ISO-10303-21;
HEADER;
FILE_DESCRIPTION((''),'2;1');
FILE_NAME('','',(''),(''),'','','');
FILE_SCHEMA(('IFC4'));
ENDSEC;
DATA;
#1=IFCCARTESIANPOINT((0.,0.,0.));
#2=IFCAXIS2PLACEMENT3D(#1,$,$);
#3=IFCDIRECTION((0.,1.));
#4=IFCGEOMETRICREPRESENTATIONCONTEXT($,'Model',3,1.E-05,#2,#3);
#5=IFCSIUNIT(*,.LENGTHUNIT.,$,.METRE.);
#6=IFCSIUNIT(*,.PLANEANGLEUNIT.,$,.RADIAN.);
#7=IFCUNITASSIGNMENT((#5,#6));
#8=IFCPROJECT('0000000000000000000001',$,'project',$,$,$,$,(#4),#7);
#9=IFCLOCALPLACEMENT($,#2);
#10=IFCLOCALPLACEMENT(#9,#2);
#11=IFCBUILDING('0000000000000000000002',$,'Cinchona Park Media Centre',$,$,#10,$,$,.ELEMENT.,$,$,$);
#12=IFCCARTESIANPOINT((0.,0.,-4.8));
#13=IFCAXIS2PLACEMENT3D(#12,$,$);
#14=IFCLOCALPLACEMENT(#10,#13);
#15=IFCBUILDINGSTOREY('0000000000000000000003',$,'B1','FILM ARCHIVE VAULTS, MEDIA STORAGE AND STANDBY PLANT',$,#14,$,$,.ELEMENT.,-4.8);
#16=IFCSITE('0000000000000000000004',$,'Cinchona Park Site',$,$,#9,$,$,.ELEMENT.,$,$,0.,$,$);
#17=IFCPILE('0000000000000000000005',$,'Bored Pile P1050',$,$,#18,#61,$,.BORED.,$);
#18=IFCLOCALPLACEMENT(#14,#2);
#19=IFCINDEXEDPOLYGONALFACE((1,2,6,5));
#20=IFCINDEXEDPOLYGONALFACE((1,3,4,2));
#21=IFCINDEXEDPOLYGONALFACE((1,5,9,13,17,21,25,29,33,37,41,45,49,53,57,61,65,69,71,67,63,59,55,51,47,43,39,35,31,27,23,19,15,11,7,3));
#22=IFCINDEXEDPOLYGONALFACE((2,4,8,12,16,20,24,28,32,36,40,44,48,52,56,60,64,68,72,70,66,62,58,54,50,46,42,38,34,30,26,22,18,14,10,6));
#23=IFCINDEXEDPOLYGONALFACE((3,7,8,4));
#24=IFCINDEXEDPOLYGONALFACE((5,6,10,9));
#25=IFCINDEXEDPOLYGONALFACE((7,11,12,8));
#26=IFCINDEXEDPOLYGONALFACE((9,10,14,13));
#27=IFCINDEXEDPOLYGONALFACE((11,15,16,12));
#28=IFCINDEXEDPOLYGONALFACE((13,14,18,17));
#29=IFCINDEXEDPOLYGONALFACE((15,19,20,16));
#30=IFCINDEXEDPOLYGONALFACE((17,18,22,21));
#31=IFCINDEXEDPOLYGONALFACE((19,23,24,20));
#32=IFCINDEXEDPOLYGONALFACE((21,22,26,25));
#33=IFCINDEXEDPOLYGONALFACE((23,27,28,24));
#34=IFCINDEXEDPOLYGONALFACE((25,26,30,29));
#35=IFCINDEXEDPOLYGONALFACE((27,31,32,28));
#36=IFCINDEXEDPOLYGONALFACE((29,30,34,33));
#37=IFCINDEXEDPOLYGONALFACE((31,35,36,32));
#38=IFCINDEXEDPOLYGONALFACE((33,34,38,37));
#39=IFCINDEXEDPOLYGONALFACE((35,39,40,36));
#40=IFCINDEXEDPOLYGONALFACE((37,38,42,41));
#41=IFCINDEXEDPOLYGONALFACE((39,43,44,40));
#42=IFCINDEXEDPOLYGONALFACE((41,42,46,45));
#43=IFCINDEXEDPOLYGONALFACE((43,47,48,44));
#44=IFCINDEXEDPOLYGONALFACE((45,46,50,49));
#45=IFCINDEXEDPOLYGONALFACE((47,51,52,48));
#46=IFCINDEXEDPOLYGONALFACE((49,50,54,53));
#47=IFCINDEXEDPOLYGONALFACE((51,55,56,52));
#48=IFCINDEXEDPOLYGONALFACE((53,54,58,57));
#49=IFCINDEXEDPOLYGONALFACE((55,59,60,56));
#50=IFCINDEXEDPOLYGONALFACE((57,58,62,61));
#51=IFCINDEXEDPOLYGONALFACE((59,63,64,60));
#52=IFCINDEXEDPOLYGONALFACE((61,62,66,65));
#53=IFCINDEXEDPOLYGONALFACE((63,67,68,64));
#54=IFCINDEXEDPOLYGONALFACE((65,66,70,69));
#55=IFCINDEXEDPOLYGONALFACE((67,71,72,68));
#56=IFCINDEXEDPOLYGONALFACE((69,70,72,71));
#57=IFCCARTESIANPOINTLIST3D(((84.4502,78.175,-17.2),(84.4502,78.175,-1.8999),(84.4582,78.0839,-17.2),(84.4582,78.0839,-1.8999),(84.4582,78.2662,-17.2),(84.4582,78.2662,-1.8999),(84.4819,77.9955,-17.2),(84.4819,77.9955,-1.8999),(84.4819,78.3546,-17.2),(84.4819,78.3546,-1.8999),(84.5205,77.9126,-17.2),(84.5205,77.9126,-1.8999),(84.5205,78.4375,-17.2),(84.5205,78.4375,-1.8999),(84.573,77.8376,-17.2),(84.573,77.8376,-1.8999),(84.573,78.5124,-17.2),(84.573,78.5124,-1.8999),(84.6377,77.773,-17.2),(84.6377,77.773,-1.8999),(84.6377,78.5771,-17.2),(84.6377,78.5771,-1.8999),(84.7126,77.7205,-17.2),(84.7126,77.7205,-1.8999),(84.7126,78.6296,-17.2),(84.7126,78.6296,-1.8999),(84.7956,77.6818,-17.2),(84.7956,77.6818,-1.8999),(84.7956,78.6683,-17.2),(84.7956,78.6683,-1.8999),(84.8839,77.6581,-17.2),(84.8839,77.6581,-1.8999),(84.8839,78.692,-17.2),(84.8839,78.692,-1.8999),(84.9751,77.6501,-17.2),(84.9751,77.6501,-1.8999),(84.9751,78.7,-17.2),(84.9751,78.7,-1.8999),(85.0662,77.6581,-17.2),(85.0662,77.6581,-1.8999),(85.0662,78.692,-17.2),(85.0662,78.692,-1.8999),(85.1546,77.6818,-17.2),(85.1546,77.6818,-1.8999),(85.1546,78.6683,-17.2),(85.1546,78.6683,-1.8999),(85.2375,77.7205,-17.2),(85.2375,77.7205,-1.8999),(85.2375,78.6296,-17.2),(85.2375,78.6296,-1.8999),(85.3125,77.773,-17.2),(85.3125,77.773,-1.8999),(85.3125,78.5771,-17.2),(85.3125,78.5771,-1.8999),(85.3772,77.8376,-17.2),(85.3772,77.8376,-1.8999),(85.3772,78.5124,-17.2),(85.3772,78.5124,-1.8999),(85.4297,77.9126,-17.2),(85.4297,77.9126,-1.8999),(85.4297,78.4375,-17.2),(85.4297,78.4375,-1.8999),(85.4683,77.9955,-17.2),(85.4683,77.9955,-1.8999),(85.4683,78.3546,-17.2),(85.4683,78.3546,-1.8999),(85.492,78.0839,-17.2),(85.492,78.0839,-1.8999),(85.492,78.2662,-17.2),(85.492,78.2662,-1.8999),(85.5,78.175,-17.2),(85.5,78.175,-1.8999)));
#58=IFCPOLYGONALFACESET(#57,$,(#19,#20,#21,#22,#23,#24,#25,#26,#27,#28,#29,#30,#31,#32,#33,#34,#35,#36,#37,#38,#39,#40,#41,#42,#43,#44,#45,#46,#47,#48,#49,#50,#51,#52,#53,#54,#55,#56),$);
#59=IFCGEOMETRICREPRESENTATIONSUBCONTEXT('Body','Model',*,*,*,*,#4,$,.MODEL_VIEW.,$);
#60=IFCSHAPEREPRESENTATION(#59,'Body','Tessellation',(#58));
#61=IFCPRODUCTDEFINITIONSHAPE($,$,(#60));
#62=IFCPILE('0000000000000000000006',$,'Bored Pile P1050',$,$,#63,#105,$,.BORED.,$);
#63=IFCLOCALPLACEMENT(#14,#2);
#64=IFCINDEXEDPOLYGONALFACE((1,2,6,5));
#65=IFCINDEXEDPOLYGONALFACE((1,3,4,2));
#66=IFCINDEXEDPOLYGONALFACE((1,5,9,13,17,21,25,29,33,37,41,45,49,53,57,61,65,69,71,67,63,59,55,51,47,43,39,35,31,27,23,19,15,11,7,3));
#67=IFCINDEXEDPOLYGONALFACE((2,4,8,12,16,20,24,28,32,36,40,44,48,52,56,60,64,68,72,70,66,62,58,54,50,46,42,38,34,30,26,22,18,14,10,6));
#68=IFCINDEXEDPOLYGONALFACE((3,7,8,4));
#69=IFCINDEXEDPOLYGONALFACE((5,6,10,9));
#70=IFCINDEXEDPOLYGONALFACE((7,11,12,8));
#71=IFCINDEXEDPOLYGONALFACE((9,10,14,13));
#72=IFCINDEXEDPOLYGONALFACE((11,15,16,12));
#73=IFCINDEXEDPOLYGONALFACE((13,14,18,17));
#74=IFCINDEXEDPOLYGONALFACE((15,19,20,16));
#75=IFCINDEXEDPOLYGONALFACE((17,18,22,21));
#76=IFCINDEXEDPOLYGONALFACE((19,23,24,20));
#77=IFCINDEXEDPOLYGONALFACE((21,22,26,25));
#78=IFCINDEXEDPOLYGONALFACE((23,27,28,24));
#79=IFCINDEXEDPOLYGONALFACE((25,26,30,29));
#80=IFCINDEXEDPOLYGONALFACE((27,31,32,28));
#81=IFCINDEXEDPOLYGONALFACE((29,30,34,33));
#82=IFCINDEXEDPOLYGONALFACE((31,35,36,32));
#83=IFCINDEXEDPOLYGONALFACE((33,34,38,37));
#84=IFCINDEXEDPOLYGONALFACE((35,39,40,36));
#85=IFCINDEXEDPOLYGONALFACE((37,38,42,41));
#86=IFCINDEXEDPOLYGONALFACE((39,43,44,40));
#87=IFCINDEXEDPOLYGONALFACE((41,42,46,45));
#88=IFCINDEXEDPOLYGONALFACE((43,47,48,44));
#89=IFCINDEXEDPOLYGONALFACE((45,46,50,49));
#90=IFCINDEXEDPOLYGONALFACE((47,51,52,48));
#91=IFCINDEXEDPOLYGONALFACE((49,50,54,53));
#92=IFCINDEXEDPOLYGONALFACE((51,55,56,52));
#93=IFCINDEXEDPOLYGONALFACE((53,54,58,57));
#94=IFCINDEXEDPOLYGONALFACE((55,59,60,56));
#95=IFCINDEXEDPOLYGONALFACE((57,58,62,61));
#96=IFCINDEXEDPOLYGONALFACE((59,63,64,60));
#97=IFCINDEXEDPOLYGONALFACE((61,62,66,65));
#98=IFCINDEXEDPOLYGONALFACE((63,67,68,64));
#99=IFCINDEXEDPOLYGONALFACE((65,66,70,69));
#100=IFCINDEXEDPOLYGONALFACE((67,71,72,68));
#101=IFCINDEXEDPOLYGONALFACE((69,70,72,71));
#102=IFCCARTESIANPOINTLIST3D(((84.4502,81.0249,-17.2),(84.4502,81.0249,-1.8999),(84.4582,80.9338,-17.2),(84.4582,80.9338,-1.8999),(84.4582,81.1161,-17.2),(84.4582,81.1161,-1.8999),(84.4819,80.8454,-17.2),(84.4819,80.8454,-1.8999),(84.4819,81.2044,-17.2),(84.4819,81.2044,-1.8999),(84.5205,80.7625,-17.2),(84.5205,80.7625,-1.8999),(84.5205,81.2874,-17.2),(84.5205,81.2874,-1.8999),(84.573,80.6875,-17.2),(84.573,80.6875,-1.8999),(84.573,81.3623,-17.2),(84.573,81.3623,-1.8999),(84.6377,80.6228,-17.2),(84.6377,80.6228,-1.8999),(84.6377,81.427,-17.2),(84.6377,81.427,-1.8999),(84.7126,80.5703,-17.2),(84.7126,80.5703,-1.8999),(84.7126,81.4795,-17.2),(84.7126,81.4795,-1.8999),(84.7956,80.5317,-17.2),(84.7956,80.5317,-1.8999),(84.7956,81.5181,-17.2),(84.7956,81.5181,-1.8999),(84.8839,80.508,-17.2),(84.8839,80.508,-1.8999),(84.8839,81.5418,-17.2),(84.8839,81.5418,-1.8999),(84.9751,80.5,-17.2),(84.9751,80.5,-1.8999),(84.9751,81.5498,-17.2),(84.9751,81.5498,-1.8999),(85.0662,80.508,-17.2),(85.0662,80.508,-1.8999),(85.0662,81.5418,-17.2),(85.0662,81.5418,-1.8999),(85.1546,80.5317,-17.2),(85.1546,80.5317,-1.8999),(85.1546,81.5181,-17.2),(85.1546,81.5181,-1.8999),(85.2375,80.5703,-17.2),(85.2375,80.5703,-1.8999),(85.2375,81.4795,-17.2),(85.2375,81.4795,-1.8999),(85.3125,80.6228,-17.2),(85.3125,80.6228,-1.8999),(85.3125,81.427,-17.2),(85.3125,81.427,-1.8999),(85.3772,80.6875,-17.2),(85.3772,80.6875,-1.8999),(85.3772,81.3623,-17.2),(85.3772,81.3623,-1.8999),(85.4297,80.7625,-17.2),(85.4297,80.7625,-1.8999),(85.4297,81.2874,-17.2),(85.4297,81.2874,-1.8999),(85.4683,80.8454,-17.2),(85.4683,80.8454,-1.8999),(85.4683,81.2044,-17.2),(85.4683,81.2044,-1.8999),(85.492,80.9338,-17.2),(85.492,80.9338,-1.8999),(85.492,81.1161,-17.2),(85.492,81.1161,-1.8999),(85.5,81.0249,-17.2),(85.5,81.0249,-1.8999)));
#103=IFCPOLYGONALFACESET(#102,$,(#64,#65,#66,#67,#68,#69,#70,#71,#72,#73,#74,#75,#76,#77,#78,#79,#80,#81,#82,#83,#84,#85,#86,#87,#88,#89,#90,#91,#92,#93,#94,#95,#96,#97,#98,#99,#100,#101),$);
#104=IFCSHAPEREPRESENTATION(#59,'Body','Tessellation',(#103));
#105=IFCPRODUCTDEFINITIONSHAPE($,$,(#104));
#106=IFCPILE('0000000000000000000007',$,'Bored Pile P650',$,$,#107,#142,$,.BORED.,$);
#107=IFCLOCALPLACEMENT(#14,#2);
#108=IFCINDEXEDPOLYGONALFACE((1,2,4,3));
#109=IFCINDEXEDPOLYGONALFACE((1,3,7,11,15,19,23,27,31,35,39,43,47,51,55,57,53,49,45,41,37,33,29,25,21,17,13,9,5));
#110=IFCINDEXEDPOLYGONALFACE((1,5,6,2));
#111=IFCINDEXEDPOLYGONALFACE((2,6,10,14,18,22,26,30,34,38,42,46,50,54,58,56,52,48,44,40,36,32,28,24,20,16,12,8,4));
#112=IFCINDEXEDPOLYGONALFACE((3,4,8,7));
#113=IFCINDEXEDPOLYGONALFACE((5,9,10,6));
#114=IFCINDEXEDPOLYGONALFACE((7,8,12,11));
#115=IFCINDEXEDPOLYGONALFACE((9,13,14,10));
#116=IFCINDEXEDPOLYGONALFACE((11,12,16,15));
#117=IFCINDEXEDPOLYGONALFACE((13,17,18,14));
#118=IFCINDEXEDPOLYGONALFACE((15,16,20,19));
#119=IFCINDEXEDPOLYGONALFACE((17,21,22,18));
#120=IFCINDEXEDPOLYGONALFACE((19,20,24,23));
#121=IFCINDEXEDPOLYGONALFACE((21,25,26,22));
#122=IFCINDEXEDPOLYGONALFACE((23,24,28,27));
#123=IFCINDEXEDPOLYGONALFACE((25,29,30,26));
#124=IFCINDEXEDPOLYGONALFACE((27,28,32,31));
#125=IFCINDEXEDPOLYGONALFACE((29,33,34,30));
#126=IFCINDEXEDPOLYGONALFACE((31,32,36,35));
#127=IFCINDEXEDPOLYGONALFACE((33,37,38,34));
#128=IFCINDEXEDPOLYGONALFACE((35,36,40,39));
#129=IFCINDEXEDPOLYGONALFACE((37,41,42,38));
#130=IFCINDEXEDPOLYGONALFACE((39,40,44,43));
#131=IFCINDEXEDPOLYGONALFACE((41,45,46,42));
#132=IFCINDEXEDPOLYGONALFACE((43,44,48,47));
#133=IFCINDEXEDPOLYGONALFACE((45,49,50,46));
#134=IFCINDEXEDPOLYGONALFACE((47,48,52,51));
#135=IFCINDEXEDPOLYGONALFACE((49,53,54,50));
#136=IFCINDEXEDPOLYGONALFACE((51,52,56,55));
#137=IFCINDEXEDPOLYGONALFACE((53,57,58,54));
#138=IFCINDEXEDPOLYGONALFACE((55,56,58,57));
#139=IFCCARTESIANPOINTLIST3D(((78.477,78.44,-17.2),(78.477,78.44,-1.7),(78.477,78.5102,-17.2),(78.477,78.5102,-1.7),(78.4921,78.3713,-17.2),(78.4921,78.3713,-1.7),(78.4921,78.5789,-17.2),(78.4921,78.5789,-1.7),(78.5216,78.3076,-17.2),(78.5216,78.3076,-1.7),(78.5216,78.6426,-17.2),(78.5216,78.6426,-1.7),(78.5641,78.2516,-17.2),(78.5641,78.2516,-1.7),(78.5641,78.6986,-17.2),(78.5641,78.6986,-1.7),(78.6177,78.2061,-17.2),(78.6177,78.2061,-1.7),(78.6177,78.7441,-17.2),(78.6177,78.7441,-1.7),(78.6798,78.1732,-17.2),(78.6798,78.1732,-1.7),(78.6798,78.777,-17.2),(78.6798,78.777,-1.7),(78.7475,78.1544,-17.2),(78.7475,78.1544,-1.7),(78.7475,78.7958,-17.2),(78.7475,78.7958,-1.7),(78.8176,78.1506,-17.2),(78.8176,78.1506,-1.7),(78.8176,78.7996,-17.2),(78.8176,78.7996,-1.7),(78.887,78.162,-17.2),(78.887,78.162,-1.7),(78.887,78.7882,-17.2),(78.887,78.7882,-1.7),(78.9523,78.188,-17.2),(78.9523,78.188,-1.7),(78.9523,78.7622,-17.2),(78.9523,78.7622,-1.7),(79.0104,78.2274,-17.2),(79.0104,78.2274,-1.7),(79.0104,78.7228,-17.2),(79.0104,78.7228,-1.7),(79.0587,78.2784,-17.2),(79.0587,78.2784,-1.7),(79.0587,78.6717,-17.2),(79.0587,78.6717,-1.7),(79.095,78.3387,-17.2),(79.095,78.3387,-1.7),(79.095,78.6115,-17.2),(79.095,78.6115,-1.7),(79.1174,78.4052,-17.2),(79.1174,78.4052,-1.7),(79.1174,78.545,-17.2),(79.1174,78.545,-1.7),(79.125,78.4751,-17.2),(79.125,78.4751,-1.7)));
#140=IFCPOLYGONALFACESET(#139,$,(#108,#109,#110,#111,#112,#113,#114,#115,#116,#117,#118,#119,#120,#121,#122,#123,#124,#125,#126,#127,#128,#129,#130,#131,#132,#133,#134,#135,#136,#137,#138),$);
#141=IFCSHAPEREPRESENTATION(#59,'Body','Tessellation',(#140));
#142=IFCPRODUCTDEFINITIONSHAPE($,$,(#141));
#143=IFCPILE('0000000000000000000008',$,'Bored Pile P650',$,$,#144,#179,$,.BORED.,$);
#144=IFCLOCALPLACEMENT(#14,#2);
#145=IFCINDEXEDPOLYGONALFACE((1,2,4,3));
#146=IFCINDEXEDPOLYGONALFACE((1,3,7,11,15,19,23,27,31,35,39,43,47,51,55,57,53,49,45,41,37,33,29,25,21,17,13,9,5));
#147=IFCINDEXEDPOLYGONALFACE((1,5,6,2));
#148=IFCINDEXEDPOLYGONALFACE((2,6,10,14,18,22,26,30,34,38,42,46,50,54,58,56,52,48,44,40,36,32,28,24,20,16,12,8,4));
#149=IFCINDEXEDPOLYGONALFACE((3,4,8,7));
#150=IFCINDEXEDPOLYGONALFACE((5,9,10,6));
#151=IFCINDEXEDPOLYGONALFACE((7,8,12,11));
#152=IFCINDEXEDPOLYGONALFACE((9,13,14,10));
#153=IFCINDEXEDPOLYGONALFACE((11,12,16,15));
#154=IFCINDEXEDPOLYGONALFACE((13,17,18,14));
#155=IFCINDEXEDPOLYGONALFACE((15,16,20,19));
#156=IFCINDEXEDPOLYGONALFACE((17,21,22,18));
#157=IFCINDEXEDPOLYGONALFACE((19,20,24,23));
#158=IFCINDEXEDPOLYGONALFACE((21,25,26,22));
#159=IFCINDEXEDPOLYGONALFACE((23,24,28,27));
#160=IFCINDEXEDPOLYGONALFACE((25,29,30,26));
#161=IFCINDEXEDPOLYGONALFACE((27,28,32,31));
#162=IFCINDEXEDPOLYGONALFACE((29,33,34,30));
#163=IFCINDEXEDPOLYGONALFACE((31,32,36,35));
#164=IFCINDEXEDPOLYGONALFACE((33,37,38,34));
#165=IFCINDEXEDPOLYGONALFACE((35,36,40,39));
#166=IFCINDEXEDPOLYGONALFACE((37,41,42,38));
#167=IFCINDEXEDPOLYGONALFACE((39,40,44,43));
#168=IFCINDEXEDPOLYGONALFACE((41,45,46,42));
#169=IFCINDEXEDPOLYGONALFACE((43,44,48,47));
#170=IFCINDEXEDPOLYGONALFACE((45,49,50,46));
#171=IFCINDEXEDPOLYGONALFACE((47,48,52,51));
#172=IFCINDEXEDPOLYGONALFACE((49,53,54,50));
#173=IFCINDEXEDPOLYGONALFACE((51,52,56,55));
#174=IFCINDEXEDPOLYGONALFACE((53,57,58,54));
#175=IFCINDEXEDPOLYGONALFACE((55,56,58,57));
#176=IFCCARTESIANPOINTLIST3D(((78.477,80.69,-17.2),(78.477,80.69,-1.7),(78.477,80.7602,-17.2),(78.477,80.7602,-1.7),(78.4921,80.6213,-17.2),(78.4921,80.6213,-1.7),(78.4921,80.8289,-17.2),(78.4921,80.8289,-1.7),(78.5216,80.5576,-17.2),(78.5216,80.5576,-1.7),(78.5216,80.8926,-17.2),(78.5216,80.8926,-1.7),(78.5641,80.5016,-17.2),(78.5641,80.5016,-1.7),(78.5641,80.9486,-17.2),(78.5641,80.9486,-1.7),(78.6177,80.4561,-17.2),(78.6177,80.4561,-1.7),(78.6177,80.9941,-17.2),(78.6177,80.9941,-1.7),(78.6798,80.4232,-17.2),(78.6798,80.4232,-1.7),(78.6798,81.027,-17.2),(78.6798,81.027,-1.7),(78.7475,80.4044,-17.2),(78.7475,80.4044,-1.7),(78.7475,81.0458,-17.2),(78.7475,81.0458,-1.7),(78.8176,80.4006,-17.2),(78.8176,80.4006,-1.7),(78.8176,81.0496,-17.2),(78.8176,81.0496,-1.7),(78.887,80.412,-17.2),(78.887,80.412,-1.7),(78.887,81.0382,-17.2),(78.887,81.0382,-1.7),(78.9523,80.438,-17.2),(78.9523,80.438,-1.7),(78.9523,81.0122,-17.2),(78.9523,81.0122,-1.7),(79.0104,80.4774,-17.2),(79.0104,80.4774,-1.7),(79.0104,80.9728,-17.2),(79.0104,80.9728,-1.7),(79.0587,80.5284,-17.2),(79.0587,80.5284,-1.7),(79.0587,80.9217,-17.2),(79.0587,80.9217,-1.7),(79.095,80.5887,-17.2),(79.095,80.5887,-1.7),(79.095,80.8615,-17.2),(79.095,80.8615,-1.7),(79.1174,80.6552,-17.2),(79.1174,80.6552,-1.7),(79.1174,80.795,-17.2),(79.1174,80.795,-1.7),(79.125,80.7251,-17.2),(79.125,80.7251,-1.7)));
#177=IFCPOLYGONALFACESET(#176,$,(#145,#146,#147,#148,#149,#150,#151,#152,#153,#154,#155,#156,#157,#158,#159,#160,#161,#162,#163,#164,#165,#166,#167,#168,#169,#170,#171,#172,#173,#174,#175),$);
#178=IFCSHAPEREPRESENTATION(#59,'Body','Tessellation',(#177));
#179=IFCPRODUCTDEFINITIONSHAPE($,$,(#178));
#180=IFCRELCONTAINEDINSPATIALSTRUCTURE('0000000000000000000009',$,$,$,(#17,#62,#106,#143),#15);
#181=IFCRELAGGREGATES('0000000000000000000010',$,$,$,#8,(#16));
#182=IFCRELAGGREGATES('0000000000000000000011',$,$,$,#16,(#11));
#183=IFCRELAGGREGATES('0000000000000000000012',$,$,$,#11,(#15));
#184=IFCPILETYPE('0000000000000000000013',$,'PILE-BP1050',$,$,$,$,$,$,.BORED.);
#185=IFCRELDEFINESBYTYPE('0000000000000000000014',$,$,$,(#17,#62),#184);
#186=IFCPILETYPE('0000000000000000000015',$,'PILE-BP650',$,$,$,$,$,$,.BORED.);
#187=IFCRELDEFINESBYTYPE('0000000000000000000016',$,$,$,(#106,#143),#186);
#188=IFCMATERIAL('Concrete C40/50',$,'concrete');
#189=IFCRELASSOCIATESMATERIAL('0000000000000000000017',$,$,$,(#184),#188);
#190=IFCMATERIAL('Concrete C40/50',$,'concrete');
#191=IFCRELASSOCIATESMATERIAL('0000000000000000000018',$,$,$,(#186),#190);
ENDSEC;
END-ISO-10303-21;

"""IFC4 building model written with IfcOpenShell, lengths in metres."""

from ifc_helpers import new_model, si_unit, direction, frame, origin, origin_2d, place, context, subcontext, project, spatial, circle, extrude, material, material_profile, profile_set, type_object, element, save


model = new_model("IFC4")

# Units and contexts
model_context = context("Model", 3, precision=1e-05, world=origin(), true_north=direction((0.0, 1.0)))
body_context = subcontext(model_context, "Body", "Model", "MODEL_VIEW")
ifc_project = project(units=[si_unit("LENGTHUNIT", "METRE"), si_unit("PLANEANGLEUNIT", "RADIAN")], contexts=[model_context])

# Site, building, storey
site_placement = place(None, origin())
site = spatial("IfcSite", under=ifc_project, at=site_placement, Name="Cinchona Park Site", CompositionType="ELEMENT", RefElevation=0.0)
building_placement = place(site_placement, origin())
building = spatial("IfcBuilding", under=site, at=building_placement, Name="Cinchona Park Media Centre", CompositionType="ELEMENT")
storey_placement = place(building_placement, frame((0.0, 0.0, -4.8)))
storey = spatial("IfcBuildingStorey", under=building, at=storey_placement, Name="B1", Description="FILM ARCHIVE VAULTS, MEDIA STORAGE AND STANDBY PLANT", CompositionType="ELEMENT", Elevation=-4.8)

# Piles
ifc_material_1 = material(Name="Concrete C40/50", Category="concrete")
ifc_material_profile_1 = material_profile(ifc_material_1, circle(Radius=0.5249, at=origin_2d()), Name="BORED PILE 1050")
ifc_profile_set_1 = profile_set([ifc_material_profile_1], Name="Concrete C40/50")
pile_type_1 = type_object("IfcPileType", Name="PILE-BP1050", PredefinedType="BORED", material=ifc_profile_set_1)
for number, where, z_axis, x_axis, name in (
    (1, (84.9751, 78.175, -1.8999), (0.0, 0.0, -1.0), (1.0, 0.0, 0.0), "Bored Pile P1050"),
    (2, (84.9751, 81.0249, -1.8999), (0.0, 0.0, -1.0), (1.0, 0.0, 0.0), "Bored Pile P1050"),
):
    element("IfcPile", number, at=place(storey_placement, frame(where, z_axis=z_axis, x_axis=x_axis)), inside=storey, type_object=pile_type_1, Name=name, PredefinedType="BORED", context=body_context, shape_type="SweptSolid", body=[
        extrude(circle(Radius=0.5249, at=origin_2d()), origin(), (0.0, 0.0, 1.0), 15.3),
    ])
ifc_material_2 = material(Name="Concrete C40/50", Category="concrete")
ifc_material_profile_2 = material_profile(ifc_material_2, circle(Radius=0.325, at=origin_2d()), Name="BORED PILE 650")
ifc_profile_set_2 = profile_set([ifc_material_profile_2], Name="Concrete C40/50")
pile_type_2 = type_object("IfcPileType", Name="PILE-BP650", PredefinedType="BORED", material=ifc_profile_set_2)
for number, where, z_axis, x_axis, name in (
    (3, (78.8, 78.4751, -1.7), (0.0, 0.0, -1.0), (1.0, 0.0, 0.0), "Bored Pile P650"),
    (4, (78.8, 80.7251, -1.7), (0.0, 0.0, -1.0), (1.0, 0.0, 0.0), "Bored Pile P650"),
):
    element("IfcPile", number, at=place(storey_placement, frame(where, z_axis=z_axis, x_axis=x_axis)), inside=storey, type_object=pile_type_2, Name=name, PredefinedType="BORED", context=body_context, shape_type="SweptSolid", body=[
        extrude(circle(Radius=0.325, at=origin_2d()), origin(), (0.0, 0.0, 1.0), 15.5),
    ])

save(model, "model.ifc")
